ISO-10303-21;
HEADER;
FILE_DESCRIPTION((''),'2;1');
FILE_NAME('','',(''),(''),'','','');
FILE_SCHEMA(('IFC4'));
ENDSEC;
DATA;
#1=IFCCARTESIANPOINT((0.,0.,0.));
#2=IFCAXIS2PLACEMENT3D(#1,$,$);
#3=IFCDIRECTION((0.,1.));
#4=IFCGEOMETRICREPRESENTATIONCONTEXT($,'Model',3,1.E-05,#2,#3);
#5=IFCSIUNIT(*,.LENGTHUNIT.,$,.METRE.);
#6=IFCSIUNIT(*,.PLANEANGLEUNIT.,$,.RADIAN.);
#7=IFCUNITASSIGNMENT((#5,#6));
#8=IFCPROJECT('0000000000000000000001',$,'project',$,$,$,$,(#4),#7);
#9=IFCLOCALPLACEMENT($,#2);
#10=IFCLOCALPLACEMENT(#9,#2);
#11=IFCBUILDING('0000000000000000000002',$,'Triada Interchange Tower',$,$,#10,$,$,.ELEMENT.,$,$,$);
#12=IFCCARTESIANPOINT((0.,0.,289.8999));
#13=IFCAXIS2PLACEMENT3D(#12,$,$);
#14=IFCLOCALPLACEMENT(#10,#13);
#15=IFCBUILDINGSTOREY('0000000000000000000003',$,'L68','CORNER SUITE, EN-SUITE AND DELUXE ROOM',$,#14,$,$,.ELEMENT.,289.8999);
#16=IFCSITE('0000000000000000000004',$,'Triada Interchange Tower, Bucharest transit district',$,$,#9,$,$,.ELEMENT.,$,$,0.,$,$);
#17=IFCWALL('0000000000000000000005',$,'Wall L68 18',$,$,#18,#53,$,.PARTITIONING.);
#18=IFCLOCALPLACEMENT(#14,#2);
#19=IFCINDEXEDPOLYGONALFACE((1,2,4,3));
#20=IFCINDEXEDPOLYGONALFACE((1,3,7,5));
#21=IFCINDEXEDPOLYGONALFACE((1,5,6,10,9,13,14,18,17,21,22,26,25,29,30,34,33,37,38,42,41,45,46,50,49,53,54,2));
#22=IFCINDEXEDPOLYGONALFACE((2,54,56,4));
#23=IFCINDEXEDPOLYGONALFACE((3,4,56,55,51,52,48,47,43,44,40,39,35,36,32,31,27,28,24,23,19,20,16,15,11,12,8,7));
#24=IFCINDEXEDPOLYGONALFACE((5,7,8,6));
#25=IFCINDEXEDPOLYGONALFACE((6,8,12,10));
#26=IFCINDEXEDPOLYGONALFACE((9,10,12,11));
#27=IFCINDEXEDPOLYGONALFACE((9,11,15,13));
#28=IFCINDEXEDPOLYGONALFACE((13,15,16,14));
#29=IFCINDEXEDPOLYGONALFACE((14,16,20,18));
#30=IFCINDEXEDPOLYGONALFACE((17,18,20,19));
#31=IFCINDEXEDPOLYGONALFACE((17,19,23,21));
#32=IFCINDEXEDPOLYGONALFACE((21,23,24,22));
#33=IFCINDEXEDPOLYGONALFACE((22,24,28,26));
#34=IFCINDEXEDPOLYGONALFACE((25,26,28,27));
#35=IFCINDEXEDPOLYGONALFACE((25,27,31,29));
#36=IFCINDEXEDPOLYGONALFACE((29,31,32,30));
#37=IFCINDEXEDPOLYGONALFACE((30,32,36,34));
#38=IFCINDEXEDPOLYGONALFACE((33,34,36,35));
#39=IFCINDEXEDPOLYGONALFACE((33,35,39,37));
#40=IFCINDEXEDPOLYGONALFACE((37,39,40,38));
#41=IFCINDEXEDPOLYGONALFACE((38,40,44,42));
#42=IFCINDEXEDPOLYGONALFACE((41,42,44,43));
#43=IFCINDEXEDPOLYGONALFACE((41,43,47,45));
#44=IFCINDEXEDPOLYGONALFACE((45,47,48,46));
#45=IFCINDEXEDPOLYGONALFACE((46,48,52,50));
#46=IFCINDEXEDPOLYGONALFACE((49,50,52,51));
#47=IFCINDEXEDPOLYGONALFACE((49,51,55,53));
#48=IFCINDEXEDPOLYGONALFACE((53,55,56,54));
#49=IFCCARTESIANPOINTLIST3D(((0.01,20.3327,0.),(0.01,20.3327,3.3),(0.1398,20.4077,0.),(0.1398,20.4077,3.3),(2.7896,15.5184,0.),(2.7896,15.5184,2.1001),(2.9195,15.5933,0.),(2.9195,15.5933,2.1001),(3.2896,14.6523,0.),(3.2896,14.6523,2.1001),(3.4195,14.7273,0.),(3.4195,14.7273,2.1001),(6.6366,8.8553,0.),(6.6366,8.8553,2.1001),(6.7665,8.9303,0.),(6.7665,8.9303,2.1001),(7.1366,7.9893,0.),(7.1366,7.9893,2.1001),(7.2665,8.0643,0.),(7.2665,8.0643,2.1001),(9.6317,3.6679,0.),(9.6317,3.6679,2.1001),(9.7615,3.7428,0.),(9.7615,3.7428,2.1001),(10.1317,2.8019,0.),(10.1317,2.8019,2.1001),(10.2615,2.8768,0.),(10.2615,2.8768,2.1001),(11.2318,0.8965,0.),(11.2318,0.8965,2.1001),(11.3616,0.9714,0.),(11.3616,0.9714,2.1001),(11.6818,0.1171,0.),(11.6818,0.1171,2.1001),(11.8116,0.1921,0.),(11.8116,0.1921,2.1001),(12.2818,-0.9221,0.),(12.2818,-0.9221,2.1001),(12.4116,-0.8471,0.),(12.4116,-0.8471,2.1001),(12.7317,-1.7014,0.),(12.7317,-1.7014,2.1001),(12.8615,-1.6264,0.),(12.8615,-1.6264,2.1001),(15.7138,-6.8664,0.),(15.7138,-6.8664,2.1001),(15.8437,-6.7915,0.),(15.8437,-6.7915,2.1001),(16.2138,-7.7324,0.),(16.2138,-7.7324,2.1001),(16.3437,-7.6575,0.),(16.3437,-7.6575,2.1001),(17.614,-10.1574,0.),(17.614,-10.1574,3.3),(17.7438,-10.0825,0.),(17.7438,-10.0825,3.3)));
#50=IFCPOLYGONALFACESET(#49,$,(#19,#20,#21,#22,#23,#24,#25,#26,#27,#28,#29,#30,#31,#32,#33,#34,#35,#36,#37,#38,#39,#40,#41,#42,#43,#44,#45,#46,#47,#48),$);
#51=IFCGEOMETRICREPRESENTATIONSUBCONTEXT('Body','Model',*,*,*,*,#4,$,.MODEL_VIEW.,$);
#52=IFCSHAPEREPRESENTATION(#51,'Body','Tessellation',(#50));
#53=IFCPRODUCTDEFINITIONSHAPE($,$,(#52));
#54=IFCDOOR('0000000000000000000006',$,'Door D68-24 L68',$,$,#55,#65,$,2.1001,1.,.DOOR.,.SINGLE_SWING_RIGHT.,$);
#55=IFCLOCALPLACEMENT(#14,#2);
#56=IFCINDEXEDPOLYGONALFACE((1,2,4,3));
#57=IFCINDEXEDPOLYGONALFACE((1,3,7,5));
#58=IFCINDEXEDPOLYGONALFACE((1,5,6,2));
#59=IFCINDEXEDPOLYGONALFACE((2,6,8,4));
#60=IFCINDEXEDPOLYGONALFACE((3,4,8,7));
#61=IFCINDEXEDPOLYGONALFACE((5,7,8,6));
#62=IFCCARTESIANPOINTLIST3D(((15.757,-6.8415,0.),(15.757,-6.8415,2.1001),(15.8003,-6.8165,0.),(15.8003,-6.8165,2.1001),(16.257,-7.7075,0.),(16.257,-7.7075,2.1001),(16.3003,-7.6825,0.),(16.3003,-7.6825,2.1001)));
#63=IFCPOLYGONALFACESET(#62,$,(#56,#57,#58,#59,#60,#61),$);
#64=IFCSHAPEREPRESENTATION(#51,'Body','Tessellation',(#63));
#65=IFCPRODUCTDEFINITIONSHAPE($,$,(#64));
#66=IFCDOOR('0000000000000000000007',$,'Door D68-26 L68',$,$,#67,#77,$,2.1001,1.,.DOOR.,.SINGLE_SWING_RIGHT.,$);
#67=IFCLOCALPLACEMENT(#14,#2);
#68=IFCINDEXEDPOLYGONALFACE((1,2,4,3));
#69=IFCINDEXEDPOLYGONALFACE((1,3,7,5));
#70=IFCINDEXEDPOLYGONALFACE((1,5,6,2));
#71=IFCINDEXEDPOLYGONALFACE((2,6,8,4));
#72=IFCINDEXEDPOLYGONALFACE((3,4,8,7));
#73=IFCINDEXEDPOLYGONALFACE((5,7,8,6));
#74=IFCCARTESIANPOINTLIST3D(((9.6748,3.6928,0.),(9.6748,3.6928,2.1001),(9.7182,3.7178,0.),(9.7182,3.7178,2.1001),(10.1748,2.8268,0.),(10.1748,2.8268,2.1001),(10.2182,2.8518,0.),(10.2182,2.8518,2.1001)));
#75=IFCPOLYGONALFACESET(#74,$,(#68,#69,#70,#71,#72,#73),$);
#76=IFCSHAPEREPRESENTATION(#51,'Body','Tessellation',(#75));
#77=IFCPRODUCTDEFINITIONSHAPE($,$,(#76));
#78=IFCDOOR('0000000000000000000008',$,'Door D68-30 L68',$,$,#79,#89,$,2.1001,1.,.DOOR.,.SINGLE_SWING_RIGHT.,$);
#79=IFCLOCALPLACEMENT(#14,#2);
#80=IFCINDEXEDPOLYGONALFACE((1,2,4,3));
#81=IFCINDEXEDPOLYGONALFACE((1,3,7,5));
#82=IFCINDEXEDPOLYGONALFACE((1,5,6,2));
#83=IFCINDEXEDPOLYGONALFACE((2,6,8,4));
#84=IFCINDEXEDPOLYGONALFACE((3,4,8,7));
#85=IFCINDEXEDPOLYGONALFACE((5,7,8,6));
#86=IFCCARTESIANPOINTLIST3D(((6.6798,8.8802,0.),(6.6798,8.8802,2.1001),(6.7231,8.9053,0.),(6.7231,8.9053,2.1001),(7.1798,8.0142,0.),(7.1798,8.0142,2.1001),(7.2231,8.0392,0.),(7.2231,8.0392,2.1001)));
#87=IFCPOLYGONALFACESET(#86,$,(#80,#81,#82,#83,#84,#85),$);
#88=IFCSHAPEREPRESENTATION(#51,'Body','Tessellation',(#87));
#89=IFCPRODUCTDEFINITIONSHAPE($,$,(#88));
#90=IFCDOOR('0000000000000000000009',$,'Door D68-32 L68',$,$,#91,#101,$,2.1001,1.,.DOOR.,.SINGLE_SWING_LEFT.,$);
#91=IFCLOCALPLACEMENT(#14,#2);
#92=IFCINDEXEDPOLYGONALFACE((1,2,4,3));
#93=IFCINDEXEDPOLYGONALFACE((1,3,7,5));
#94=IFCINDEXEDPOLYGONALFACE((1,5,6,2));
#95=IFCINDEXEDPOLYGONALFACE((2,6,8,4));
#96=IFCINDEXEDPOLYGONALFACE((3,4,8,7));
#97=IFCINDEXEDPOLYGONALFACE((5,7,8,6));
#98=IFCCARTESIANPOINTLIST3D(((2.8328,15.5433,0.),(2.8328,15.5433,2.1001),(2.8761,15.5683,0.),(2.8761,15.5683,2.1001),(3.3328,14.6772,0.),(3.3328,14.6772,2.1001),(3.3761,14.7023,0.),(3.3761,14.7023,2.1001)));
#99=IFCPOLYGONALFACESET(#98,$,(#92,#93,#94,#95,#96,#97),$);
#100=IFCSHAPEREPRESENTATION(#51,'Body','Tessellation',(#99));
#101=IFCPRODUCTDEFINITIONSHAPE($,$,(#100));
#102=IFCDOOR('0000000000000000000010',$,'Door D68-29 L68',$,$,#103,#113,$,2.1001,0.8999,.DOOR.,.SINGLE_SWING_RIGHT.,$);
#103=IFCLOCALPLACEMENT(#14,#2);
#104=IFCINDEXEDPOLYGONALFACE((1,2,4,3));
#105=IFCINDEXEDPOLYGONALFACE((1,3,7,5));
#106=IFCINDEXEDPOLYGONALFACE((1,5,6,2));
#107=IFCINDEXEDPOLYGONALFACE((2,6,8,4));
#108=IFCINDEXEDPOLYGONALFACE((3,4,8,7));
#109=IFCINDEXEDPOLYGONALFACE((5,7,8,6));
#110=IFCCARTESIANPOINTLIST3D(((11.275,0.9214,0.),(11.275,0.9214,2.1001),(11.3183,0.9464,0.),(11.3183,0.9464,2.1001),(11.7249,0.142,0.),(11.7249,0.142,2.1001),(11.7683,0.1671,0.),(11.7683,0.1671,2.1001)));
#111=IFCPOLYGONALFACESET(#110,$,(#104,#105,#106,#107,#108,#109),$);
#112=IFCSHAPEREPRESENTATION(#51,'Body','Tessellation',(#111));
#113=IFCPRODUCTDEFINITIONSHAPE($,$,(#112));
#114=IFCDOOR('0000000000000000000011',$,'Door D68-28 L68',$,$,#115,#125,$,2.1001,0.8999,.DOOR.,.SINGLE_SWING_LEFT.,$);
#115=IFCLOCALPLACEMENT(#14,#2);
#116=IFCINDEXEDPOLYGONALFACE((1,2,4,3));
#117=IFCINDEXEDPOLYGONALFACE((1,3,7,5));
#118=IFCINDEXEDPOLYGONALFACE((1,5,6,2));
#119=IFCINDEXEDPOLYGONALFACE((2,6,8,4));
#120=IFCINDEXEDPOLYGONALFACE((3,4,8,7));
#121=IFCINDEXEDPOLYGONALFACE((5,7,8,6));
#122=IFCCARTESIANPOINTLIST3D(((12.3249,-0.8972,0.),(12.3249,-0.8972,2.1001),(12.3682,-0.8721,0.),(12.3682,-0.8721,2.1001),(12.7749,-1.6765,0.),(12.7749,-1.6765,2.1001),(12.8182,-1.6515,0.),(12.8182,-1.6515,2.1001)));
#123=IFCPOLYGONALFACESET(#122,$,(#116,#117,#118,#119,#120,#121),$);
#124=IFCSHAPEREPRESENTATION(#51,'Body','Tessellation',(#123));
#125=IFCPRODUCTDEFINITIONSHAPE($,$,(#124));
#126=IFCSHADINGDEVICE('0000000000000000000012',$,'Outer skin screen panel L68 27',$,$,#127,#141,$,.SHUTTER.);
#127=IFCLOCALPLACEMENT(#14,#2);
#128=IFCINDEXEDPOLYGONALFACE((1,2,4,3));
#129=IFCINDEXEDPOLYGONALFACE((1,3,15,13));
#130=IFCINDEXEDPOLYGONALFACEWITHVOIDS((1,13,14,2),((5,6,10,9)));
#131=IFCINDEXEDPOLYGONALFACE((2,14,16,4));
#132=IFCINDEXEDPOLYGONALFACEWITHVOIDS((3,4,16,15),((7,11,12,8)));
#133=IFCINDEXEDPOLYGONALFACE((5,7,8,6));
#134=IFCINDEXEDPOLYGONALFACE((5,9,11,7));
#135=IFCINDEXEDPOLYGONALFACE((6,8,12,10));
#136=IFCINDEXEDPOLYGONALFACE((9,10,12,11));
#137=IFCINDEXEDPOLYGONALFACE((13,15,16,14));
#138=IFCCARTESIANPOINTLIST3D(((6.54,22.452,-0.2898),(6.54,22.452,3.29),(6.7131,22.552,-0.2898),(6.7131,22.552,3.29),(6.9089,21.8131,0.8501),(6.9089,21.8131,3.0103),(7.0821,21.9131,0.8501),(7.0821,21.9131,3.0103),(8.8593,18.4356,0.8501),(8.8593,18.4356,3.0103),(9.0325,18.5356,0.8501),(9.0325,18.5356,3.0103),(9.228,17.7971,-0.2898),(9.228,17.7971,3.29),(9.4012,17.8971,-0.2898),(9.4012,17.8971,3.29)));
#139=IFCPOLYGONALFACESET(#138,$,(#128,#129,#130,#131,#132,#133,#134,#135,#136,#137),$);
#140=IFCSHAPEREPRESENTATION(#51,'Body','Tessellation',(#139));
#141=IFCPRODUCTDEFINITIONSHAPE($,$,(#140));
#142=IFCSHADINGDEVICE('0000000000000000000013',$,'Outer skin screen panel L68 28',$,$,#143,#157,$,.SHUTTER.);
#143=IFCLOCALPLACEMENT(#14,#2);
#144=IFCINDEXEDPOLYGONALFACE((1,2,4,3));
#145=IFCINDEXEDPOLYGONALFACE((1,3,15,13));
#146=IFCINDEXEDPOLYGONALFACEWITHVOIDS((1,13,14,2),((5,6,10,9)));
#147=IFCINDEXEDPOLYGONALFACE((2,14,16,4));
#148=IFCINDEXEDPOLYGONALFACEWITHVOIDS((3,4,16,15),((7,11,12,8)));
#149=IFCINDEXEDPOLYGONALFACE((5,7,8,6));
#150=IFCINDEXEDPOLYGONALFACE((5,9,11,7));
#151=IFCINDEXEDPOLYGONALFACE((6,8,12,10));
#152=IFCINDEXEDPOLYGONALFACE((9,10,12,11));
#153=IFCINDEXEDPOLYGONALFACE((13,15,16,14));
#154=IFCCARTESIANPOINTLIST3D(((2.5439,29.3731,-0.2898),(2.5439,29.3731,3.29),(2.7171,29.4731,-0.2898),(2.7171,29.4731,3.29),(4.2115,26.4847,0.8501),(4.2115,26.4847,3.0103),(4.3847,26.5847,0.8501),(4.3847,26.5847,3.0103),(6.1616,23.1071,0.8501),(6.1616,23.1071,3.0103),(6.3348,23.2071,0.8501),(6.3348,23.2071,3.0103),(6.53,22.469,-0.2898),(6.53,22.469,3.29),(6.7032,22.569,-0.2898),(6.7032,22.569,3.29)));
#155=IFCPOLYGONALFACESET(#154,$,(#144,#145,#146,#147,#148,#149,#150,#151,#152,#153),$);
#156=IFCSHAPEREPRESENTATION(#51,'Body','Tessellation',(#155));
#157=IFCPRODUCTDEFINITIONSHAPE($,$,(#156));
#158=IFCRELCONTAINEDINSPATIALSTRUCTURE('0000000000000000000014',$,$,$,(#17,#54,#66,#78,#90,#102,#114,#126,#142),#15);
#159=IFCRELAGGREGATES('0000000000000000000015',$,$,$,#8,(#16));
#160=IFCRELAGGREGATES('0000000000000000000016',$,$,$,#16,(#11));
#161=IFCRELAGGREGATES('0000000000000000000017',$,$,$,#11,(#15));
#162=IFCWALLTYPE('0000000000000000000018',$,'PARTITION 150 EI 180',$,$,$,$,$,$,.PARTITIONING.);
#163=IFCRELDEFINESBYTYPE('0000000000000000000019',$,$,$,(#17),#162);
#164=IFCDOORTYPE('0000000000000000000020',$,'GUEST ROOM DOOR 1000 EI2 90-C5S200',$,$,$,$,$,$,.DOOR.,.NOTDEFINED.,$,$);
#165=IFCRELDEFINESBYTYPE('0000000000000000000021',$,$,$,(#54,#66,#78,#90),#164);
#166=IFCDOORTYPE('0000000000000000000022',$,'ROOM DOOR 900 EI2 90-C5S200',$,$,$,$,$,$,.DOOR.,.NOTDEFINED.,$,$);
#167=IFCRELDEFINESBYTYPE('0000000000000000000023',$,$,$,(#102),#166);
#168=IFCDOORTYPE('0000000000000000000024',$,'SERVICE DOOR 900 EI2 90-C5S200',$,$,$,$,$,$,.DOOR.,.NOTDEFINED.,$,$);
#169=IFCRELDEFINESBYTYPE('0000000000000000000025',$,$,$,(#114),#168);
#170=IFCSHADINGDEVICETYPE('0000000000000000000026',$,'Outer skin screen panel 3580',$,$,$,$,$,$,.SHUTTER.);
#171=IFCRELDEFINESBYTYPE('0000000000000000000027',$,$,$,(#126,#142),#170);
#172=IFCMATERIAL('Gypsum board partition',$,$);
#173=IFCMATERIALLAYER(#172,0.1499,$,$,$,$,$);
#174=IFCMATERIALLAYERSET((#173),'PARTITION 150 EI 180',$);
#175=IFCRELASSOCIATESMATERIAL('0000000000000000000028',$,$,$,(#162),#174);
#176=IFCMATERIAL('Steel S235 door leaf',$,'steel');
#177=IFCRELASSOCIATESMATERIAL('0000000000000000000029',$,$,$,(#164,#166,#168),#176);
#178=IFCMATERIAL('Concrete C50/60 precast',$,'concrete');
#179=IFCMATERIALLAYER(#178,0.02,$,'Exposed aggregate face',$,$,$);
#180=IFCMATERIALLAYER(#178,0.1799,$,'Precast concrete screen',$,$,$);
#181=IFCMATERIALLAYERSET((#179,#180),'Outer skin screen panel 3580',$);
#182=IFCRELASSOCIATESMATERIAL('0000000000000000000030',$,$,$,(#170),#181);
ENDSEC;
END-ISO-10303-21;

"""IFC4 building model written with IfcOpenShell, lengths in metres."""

from ifc_helpers import new_model, si_unit, direction, frame, frame_2d, origin, place, context, subcontext, project, spatial, polyline, rectangle, outline, extrude, material, layer, layer_set, type_object, element, fill, save


model = new_model("IFC4")

# Units and contexts
model_context = context("Model", 3, precision=1e-05, world=origin(), true_north=direction((0.0, 1.0)))
body_context = subcontext(model_context, "Body", "Model", "MODEL_VIEW")
ifc_project = project(units=[si_unit("LENGTHUNIT", "METRE"), si_unit("PLANEANGLEUNIT", "RADIAN")], contexts=[model_context])

# Site, building, storey
site_placement = place(None, origin())
site = spatial("IfcSite", under=ifc_project, at=site_placement, Name="Triada Interchange Tower, Bucharest transit district", CompositionType="ELEMENT", RefElevation=0.0)
building_placement = place(site_placement, origin())
building = spatial("IfcBuilding", under=site, at=building_placement, Name="Triada Interchange Tower", CompositionType="ELEMENT")
storey_placement = place(building_placement, frame((0.0, 0.0, 289.8999)))
storey = spatial("IfcBuildingStorey", under=building, at=storey_placement, Name="L68", Description="CORNER SUITE, EN-SUITE AND DELUXE ROOM", CompositionType="ELEMENT", Elevation=289.8999)

# Shared definitions
ifc_material_1 = material(Name="Gypsum board partition")
ifc_layer_1 = layer(ifc_material_1, 0.1499)
ifc_layer_set_1 = layer_set([ifc_layer_1], Name="PARTITION 150 EI 180")
wall_type_1 = type_object("IfcWallType", Name="PARTITION 150 EI 180", PredefinedType="PARTITIONING", material=ifc_layer_set_1)

# Wall, openings, doors
wall_1_placement = place(storey_placement, frame((0.075, 20.3701, 0.0), z_axis=(0.0, 0.0, 1.0), x_axis=(0.50001, -0.86602, 0.0)))
wall_1 = element("IfcWall", 1, at=wall_1_placement, inside=storey, type_object=wall_type_1, Name="Wall L68 18", PredefinedType="PARTITIONING", context=body_context, shape_type="SweptSolid", body=[
    extrude(rectangle(XDim=35.2073, YDim=0.1499, at=frame_2d((17.6035, 0.0))), origin(), (0.0, 0.0, 1.0), 3.3),
])
opening_1_placement = place(wall_1_placement, frame((31.407, 0.0, 0.0)))
opening_1 = element("IfcOpeningElement", 2, at=opening_1_placement, cuts=wall_1, PredefinedType="OPENING", context=body_context, shape_type="SweptSolid", body=[
    extrude(rectangle(XDim=1.0, YDim=2.1001, at=frame_2d((0.5, 1.05))), frame((0.0, 0.085, 0.0), z_axis=(0.0, -1.0, 0.0), x_axis=(1.0, 0.0, 0.0)), (0.0, 0.0, 1.0), 0.1699),
])
opening_2_placement = place(wall_1_placement, frame((19.2429, 0.0, 0.0)))
opening_2 = element("IfcOpeningElement", 3, at=opening_2_placement, cuts=wall_1, PredefinedType="OPENING", context=body_context, shape_type="SweptSolid", body=[
    extrude(rectangle(XDim=1.0, YDim=2.1001, at=frame_2d((0.5, 1.05))), frame((0.0, 0.085, 0.0), z_axis=(0.0, -1.0, 0.0), x_axis=(1.0, 0.0, 0.0)), (0.0, 0.0, 1.0), 0.1699),
])
opening_3_placement = place(wall_1_placement, frame((24.543, 0.0, 0.0)))
opening_3 = element("IfcOpeningElement", 4, at=opening_3_placement, cuts=wall_1, PredefinedType="OPENING", context=body_context, shape_type="SweptSolid", body=[
    extrude(rectangle(XDim=0.8999, YDim=2.1001, at=frame_2d((0.45, 1.05))), frame((0.0, 0.085, 0.0), z_axis=(0.0, -1.0, 0.0), x_axis=(1.0, 0.0, 0.0)), (0.0, 0.0, 1.0), 0.1699),
])
opening_4_placement = place(wall_1_placement, frame((22.4431, 0.0, 0.0)))
opening_4 = element("IfcOpeningElement", 5, at=opening_4_placement, cuts=wall_1, PredefinedType="OPENING", context=body_context, shape_type="SweptSolid", body=[
    extrude(rectangle(XDim=0.8999, YDim=2.1001, at=frame_2d((0.45, 1.05))), frame((0.0, 0.085, 0.0), z_axis=(0.0, -1.0, 0.0), x_axis=(1.0, 0.0, 0.0)), (0.0, 0.0, 1.0), 0.1699),
])
opening_5_placement = place(wall_1_placement, frame((13.2529, 0.0, 0.0)))
opening_5 = element("IfcOpeningElement", 6, at=opening_5_placement, cuts=wall_1, PredefinedType="OPENING", context=body_context, shape_type="SweptSolid", body=[
    extrude(rectangle(XDim=1.0, YDim=2.1001, at=frame_2d((0.5, 1.05))), frame((0.0, 0.085, 0.0), z_axis=(0.0, -1.0, 0.0), x_axis=(1.0, 0.0, 0.0)), (0.0, 0.0, 1.0), 0.1699),
])
opening_6_placement = place(wall_1_placement, frame((5.5591, 0.0, 0.0)))
opening_6 = element("IfcOpeningElement", 7, at=opening_6_placement, cuts=wall_1, PredefinedType="OPENING", context=body_context, shape_type="SweptSolid", body=[
    extrude(rectangle(XDim=1.0, YDim=2.1001, at=frame_2d((0.5, 1.05))), frame((0.0, 0.085, 0.0), z_axis=(0.0, -1.0, 0.0), x_axis=(1.0, 0.0, 0.0)), (0.0, 0.0, 1.0), 0.1699),
])
ifc_material_2 = material(Name="Steel S235 door leaf", Category="steel")
door_type_1 = type_object("IfcDoorType", Name="GUEST ROOM DOOR 1000 EI2 90-C5S200", OperationType="NOTDEFINED", PredefinedType="DOOR", material=ifc_material_2)
door_1_placement = place(opening_1_placement, origin())
door_1 = element("IfcDoor", 8, at=door_1_placement, inside=storey, type_object=door_type_1, Name="Door D68-24 L68", OperationType="SINGLE_SWING_RIGHT", OverallHeight=2.1001, OverallWidth=1.0, PredefinedType="DOOR", context=body_context, shape_type="SweptSolid", body=[
    extrude(rectangle(XDim=1.0, YDim=2.1001, at=frame_2d((0.5, 1.05))), frame((0.0, 0.0249, 0.0), z_axis=(0.0, -1.0, 0.0), x_axis=(1.0, 0.0, 0.0)), (0.0, 0.0, 1.0), 0.05),
])
fill(opening_1, door_1)
door_2_placement = place(opening_2_placement, origin())
door_2 = element("IfcDoor", 9, at=door_2_placement, inside=storey, type_object=door_type_1, Name="Door D68-26 L68", OperationType="SINGLE_SWING_RIGHT", OverallHeight=2.1001, OverallWidth=1.0, PredefinedType="DOOR", context=body_context, shape_type="SweptSolid", body=[
    extrude(rectangle(XDim=1.0, YDim=2.1001, at=frame_2d((0.5, 1.05))), frame((0.0, 0.0249, 0.0), z_axis=(0.0, -1.0, 0.0), x_axis=(1.0, 0.0, 0.0)), (0.0, 0.0, 1.0), 0.05),
])
fill(opening_2, door_2)
door_3_placement = place(opening_5_placement, origin())
door_3 = element("IfcDoor", 10, at=door_3_placement, inside=storey, type_object=door_type_1, Name="Door D68-30 L68", OperationType="SINGLE_SWING_RIGHT", OverallHeight=2.1001, OverallWidth=1.0, PredefinedType="DOOR", context=body_context, shape_type="SweptSolid", body=[
    extrude(rectangle(XDim=1.0, YDim=2.1001, at=frame_2d((0.5, 1.05))), frame((0.0, 0.0249, 0.0), z_axis=(0.0, -1.0, 0.0), x_axis=(1.0, 0.0, 0.0)), (0.0, 0.0, 1.0), 0.05),
])
fill(opening_5, door_3)
door_4_placement = place(opening_6_placement, origin())
door_4 = element("IfcDoor", 11, at=door_4_placement, inside=storey, type_object=door_type_1, Name="Door D68-32 L68", OperationType="SINGLE_SWING_LEFT", OverallHeight=2.1001, OverallWidth=1.0, PredefinedType="DOOR", context=body_context, shape_type="SweptSolid", body=[
    extrude(rectangle(XDim=1.0, YDim=2.1001, at=frame_2d((0.5, 1.05))), frame((0.0, 0.0249, 0.0), z_axis=(0.0, -1.0, 0.0), x_axis=(1.0, 0.0, 0.0)), (0.0, 0.0, 1.0), 0.05),
])
fill(opening_6, door_4)
door_type_2 = type_object("IfcDoorType", Name="ROOM DOOR 900 EI2 90-C5S200", OperationType="NOTDEFINED", PredefinedType="DOOR", material=ifc_material_2)
door_5_placement = place(opening_4_placement, origin())
door_5 = element("IfcDoor", 12, at=door_5_placement, inside=storey, type_object=door_type_2, Name="Door D68-29 L68", OperationType="SINGLE_SWING_RIGHT", OverallHeight=2.1001, OverallWidth=0.8999, PredefinedType="DOOR", context=body_context, shape_type="SweptSolid", body=[
    extrude(rectangle(XDim=0.8999, YDim=2.1001, at=frame_2d((0.45, 1.05))), frame((0.0, 0.0249, 0.0), z_axis=(0.0, -1.0, 0.0), x_axis=(1.0, 0.0, 0.0)), (0.0, 0.0, 1.0), 0.05),
])
fill(opening_4, door_5)
door_type_3 = type_object("IfcDoorType", Name="SERVICE DOOR 900 EI2 90-C5S200", OperationType="NOTDEFINED", PredefinedType="DOOR", material=ifc_material_2)
door_6_placement = place(opening_3_placement, origin())
door_6 = element("IfcDoor", 13, at=door_6_placement, inside=storey, type_object=door_type_3, Name="Door D68-28 L68", OperationType="SINGLE_SWING_LEFT", OverallHeight=2.1001, OverallWidth=0.8999, PredefinedType="DOOR", context=body_context, shape_type="SweptSolid", body=[
    extrude(rectangle(XDim=0.8999, YDim=2.1001, at=frame_2d((0.45, 1.05))), frame((0.0, 0.0249, 0.0), z_axis=(0.0, -1.0, 0.0), x_axis=(1.0, 0.0, 0.0)), (0.0, 0.0, 1.0), 0.05),
])
fill(opening_3, door_6)

# Shading devices
ifc_material_3 = material(Name="Concrete C50/60 precast", Category="concrete")
ifc_layer_2 = layer(ifc_material_3, 0.02, Name="Exposed aggregate face")
ifc_layer_3 = layer(ifc_material_3, 0.1799, Name="Precast concrete screen")
ifc_layer_set_2 = layer_set([ifc_layer_2, ifc_layer_3], Name="Outer skin screen panel 3580")
shading_device_type = type_object("IfcShadingDeviceType", Name="Outer skin screen panel 3580", PredefinedType="SHUTTER", material=ifc_layer_set_2)
shading_device_1_placement = place(storey_placement, frame((9.228, 17.7971, -0.2898), z_axis=(0.0, 0.0, 1.0), x_axis=(-0.500076, 0.865981, 0.0)))
element("IfcShadingDevice", 14, at=shading_device_1_placement, inside=storey, type_object=shading_device_type, Name="Outer skin screen panel L68 27", PredefinedType="SHUTTER", context=body_context, shape_type="SweptSolid", body=[
    extrude(outline(polyline([(0.0, 0.0), (5.3752, 0.0), (5.3752, 3.5798), (0.0, 3.5798), (0.0, 0.0)]), holes=[polyline([(0.7373, 1.1399), (0.7373, 3.3), (4.6375, 3.3), (4.6375, 1.1399), (0.7373, 1.1399)])]), frame((0.0, 0.0, 0.0), z_axis=(0.0, -1.0, 0.0), x_axis=(1.0, 0.0, 0.0)), (0.0, 0.0, 1.0), 0.2),
])
shading_device_2_placement = place(storey_placement, frame((6.53, 22.469, -0.2898), z_axis=(0.0, 0.0, 1.0), x_axis=(-0.500003, 0.866024, 0.0)))
element("IfcShadingDevice", 15, at=shading_device_2_placement, inside=storey, type_object=shading_device_type, Name="Outer skin screen panel L68 28", PredefinedType="SHUTTER", context=body_context, shape_type="SweptSolid", body=[
    extrude(outline(polyline([(0.0, 0.0), (7.9722, 0.0), (7.9722, 3.5798), (0.0, 3.5798), (0.0, 0.0)]), holes=[polyline([(0.7368, 1.1399), (0.7368, 3.3), (4.637, 3.3), (4.637, 1.1399), (0.7368, 1.1399)])]), frame((0.0, 0.0, 0.0), z_axis=(0.0, -1.0, 0.0), x_axis=(1.0, 0.0, 0.0)), (0.0, 0.0, 1.0), 0.2),
])

save(model, "model.ifc")
